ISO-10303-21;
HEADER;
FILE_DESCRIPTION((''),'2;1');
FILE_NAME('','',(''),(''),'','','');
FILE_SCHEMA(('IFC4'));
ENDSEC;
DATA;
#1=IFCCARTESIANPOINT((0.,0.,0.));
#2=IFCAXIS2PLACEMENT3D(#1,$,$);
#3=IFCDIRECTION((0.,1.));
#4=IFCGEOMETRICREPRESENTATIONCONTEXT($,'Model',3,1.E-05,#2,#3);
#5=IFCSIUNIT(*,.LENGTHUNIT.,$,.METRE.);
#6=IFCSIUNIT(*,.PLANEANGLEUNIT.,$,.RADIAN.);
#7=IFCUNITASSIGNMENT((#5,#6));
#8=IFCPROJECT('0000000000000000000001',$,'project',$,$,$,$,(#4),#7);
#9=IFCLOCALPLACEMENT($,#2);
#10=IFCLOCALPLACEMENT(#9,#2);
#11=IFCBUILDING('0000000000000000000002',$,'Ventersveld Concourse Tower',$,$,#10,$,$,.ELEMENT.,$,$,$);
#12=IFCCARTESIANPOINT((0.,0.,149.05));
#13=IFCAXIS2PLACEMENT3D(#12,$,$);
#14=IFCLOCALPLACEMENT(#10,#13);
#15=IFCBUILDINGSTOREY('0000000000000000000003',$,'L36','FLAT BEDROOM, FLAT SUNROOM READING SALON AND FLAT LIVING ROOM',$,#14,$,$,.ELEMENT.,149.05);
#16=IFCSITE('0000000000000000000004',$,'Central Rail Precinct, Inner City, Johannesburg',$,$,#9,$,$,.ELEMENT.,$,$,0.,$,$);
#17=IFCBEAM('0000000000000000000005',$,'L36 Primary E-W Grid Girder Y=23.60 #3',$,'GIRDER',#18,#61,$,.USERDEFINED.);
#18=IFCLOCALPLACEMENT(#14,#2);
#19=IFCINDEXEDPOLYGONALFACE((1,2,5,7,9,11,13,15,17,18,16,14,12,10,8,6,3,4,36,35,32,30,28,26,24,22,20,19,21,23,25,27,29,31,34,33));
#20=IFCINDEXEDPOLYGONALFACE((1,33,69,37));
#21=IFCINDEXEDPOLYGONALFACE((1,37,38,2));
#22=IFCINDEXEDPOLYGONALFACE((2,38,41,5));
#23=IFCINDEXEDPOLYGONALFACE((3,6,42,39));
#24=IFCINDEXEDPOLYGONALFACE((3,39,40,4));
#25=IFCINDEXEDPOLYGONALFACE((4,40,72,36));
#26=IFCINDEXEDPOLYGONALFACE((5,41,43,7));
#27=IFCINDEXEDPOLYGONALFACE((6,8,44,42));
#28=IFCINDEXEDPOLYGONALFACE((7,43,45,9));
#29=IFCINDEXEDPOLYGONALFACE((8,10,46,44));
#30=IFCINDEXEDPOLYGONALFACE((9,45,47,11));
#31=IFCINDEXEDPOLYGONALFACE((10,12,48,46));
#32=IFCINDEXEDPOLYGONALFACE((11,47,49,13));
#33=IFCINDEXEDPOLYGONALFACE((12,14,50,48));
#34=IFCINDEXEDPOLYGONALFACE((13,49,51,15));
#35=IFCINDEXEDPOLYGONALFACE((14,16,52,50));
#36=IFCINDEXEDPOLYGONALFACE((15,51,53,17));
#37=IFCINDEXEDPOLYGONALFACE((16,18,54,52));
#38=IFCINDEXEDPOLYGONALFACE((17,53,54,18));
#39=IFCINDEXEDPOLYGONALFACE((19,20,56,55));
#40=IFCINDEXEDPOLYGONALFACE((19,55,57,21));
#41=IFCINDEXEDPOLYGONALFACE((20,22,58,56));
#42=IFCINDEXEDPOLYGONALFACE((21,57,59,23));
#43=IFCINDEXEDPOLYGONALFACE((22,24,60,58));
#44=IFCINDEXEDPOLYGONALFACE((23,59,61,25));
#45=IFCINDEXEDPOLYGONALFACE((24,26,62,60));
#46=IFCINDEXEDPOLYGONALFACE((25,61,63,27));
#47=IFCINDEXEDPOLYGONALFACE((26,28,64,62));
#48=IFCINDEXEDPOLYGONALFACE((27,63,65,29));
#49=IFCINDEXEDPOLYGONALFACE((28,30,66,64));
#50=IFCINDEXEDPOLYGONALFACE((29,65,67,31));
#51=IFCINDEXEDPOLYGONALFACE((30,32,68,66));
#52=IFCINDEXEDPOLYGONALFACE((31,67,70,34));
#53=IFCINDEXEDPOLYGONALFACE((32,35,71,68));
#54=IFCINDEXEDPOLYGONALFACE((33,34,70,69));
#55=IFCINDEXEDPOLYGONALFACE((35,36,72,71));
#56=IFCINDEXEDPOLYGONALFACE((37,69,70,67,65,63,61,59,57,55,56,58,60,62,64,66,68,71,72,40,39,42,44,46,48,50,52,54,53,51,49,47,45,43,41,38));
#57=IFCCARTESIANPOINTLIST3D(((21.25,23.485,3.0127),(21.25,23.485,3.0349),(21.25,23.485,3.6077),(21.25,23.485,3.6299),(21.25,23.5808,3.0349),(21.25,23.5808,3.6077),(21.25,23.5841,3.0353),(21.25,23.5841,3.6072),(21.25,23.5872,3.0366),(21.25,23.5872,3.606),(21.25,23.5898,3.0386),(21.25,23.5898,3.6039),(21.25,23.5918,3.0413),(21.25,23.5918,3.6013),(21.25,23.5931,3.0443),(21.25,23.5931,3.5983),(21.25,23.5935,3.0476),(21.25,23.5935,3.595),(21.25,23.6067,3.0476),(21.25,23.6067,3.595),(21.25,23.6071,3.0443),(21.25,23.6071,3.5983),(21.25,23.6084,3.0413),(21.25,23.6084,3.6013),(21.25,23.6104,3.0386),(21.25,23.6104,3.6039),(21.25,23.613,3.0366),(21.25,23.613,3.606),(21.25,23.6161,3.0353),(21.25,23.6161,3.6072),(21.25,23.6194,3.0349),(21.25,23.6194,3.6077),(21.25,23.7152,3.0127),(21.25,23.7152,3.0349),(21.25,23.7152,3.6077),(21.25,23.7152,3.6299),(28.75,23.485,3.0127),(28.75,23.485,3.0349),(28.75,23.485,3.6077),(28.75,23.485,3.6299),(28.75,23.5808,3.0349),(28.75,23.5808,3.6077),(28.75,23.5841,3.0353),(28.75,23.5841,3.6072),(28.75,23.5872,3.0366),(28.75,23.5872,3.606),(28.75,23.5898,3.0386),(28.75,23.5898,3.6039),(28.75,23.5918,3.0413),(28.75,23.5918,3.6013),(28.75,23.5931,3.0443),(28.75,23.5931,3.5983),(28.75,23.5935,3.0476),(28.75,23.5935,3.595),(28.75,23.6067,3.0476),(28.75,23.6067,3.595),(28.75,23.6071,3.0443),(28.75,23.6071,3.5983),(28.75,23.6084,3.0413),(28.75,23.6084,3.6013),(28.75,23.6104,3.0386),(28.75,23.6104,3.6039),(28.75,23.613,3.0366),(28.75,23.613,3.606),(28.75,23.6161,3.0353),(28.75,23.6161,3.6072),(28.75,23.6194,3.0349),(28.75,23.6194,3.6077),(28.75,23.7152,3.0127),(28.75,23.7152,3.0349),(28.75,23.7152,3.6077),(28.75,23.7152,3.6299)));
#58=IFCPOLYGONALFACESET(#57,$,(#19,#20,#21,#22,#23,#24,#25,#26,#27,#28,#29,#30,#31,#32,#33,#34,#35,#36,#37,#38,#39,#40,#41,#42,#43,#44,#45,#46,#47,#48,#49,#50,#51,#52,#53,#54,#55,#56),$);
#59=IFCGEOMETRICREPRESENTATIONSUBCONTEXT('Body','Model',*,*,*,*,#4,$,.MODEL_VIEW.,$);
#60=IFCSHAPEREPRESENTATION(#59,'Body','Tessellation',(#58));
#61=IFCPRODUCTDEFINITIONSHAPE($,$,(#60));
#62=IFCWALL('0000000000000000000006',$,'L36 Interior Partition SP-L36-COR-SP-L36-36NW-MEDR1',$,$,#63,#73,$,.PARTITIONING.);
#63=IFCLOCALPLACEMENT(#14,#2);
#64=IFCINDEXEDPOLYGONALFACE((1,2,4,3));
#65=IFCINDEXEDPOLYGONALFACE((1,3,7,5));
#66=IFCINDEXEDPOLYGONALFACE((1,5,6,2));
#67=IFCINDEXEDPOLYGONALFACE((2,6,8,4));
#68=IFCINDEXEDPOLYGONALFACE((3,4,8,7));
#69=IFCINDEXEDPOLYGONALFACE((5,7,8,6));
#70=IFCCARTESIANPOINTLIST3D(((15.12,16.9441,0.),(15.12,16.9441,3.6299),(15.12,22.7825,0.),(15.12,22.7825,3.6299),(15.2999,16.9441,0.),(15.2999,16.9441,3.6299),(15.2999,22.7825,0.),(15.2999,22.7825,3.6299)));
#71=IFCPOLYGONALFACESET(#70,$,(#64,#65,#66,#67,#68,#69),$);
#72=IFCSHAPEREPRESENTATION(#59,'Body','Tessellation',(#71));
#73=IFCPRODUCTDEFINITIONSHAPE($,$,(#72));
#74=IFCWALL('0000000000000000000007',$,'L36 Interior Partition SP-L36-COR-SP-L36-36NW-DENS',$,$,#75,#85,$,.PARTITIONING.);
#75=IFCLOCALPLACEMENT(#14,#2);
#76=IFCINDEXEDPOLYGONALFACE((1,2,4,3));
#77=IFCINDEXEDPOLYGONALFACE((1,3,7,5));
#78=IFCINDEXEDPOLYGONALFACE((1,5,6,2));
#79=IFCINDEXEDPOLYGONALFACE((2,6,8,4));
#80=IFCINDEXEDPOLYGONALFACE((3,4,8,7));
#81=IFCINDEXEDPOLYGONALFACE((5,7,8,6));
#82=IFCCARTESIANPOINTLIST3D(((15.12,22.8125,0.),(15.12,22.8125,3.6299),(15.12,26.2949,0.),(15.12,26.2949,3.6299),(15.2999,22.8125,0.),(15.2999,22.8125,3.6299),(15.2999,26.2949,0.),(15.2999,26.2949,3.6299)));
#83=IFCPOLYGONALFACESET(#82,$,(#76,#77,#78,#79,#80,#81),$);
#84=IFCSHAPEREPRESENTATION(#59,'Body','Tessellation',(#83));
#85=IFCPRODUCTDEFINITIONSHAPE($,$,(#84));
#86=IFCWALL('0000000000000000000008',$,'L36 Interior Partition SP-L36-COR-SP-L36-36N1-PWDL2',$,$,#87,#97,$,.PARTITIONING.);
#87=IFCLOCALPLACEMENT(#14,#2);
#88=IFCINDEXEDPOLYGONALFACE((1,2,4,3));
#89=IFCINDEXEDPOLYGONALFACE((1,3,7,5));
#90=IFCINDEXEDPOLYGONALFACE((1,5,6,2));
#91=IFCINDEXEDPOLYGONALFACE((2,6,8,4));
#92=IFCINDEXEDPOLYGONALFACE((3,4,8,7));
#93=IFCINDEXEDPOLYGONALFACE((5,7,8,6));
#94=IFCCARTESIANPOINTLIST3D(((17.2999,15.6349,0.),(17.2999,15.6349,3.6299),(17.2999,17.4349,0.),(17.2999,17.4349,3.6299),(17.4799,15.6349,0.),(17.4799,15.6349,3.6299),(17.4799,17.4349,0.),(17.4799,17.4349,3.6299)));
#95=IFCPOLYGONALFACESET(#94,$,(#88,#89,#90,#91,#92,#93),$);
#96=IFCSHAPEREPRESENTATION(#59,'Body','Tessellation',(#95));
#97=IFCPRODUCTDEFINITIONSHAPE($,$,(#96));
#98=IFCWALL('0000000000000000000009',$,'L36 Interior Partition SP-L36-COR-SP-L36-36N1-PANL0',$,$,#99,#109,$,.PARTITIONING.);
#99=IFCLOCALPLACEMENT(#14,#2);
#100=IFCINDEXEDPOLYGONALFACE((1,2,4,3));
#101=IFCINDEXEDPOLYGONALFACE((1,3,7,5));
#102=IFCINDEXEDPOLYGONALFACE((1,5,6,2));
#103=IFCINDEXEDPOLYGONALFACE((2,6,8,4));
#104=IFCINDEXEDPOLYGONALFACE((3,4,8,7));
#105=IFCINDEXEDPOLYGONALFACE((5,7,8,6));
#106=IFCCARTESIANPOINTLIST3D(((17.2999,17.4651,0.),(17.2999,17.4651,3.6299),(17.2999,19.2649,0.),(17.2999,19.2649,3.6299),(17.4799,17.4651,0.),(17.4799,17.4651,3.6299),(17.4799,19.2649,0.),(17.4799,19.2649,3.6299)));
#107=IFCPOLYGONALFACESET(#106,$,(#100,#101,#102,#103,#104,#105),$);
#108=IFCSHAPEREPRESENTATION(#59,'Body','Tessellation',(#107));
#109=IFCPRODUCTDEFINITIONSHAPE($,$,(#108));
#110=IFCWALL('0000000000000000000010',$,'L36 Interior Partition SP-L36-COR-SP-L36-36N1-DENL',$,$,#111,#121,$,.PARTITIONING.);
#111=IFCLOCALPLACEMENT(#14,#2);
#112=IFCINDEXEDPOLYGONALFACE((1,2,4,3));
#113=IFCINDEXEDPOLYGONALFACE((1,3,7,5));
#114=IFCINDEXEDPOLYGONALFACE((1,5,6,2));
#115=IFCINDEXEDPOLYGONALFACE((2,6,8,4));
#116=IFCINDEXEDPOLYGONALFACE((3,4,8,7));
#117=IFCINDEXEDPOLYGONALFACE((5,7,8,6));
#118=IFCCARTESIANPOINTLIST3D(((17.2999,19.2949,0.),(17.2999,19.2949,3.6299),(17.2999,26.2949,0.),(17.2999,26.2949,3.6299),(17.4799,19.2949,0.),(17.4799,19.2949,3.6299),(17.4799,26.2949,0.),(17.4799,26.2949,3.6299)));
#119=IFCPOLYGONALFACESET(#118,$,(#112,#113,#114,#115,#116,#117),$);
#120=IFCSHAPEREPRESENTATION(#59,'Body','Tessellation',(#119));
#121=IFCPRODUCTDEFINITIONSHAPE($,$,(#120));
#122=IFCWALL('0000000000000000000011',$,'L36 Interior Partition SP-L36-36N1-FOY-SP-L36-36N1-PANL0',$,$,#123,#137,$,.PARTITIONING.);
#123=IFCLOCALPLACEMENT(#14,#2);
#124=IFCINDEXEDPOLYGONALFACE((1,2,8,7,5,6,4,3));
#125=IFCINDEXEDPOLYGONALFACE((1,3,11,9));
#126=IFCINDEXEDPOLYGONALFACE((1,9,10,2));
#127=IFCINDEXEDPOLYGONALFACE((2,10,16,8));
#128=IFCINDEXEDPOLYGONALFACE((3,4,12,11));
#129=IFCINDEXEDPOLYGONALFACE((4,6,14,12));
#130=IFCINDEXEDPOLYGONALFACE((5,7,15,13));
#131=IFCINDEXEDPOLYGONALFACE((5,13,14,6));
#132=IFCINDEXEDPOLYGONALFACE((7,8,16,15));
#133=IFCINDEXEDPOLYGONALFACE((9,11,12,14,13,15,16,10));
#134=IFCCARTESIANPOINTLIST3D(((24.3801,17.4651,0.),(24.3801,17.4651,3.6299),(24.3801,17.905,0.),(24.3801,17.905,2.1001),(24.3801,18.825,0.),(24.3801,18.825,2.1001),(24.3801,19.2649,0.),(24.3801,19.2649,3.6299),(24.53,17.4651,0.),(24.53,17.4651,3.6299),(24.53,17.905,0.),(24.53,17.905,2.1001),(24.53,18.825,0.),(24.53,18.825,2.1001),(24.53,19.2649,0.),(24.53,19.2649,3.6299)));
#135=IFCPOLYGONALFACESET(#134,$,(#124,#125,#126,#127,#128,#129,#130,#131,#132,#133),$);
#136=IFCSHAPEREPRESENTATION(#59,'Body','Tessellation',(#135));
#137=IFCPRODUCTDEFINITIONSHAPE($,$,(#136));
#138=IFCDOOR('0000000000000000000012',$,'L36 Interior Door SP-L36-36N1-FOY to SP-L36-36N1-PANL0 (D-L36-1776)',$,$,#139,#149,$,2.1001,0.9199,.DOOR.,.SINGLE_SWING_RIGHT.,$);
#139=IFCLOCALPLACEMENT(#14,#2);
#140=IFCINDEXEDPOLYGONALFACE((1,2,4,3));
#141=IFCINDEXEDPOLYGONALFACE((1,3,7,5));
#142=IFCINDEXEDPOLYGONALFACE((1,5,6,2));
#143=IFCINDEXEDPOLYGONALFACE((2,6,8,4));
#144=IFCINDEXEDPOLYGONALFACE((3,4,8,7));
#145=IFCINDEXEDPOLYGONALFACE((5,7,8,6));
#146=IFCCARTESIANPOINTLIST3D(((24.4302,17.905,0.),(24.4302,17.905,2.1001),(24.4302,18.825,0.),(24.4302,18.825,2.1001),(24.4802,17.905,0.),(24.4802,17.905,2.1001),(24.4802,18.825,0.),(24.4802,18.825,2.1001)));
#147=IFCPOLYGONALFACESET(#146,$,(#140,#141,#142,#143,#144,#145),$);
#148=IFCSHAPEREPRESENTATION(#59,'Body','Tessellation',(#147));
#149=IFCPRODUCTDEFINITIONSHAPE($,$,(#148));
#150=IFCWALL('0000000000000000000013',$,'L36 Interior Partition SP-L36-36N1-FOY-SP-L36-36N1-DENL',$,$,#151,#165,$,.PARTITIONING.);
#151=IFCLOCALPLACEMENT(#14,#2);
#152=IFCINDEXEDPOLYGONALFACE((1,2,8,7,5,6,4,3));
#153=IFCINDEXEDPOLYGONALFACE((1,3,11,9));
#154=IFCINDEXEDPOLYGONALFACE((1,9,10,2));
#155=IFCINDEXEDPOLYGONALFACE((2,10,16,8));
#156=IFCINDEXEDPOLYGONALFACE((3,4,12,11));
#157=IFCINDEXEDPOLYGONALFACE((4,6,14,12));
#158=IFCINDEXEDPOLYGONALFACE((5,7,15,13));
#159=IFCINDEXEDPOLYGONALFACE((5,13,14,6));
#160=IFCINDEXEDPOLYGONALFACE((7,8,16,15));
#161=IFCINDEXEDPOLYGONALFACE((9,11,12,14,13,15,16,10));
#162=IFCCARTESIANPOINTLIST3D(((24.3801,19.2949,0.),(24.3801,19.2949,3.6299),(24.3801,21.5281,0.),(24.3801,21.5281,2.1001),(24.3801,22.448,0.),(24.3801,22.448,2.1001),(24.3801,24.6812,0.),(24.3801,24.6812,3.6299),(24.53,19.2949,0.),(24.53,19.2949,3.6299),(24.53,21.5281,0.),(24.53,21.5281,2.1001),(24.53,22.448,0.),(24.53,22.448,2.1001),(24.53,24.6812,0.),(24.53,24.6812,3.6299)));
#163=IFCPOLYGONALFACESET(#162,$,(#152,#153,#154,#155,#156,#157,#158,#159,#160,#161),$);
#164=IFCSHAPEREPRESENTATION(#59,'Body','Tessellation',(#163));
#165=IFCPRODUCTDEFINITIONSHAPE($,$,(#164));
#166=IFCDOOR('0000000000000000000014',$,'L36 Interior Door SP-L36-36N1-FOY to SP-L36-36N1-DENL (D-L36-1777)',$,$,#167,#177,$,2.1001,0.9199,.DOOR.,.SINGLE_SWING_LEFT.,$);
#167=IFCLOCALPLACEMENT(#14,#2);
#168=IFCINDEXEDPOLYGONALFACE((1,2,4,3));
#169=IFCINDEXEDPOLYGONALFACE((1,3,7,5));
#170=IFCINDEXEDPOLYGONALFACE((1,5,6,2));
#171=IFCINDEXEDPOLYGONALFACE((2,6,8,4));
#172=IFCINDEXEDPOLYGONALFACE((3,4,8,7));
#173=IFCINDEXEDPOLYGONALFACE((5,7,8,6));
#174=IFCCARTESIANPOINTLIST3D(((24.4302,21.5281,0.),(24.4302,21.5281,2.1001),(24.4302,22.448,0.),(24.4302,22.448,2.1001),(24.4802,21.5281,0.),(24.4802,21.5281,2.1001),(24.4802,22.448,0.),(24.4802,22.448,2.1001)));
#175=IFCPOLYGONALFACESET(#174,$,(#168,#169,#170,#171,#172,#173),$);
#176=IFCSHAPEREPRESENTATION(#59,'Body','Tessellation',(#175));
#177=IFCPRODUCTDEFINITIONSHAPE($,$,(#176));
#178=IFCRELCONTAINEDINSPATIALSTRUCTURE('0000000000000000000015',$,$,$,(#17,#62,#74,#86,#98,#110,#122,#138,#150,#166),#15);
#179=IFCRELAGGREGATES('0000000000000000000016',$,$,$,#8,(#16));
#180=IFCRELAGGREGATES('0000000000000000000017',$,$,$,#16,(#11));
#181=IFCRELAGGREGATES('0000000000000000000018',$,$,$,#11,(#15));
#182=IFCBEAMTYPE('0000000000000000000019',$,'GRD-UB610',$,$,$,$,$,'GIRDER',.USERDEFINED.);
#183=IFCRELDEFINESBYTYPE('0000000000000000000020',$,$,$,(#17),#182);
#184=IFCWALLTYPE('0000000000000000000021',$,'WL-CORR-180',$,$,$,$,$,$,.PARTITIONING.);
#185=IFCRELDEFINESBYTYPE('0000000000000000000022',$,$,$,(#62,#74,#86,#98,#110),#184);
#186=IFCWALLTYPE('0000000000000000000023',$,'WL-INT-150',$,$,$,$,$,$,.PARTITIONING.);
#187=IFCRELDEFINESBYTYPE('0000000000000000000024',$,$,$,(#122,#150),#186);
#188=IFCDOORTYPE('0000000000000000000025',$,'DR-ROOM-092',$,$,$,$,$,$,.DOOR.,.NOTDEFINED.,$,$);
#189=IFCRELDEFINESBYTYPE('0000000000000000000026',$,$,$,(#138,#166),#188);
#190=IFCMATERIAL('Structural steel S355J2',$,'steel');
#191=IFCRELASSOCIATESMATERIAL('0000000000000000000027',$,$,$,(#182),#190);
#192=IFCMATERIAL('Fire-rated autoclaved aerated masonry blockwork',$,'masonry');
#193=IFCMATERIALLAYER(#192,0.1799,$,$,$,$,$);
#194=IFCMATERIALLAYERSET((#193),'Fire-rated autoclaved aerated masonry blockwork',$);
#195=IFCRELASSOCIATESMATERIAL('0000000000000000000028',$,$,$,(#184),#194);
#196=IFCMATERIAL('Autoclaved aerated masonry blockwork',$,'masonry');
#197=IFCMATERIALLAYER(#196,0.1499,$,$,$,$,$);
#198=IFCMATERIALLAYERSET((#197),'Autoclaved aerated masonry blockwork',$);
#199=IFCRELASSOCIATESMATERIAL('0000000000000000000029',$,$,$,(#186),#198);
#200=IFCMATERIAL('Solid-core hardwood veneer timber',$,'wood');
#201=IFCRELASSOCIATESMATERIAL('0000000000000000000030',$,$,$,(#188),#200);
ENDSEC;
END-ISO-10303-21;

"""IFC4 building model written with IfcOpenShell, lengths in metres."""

from ifc_helpers import new_model, si_unit, direction, frame, frame_2d, origin, origin_2d, place, context, subcontext, project, spatial, rectangle, i_section, extrude, material, layer, layer_set, material_profile, profile_set, type_object, element, fill, save


model = new_model("IFC4")

# Units and contexts
model_context = context("Model", 3, precision=1e-05, world=origin(), true_north=direction((0.0, 1.0)))
body_context = subcontext(model_context, "Body", "Model", "MODEL_VIEW")
ifc_project = project(units=[si_unit("LENGTHUNIT", "METRE"), si_unit("PLANEANGLEUNIT", "RADIAN")], contexts=[model_context])

# Site, building, storey
site_placement = place(None, origin())
site = spatial("IfcSite", under=ifc_project, at=site_placement, Name="Central Rail Precinct, Inner City, Johannesburg", CompositionType="ELEMENT", RefElevation=0.0)
building_placement = place(site_placement, origin())
building = spatial("IfcBuilding", under=site, at=building_placement, Name="Ventersveld Concourse Tower", CompositionType="ELEMENT")
storey_placement = place(building_placement, frame((0.0, 0.0, 149.05)))
storey = spatial("IfcBuildingStorey", under=building, at=storey_placement, Name="L36", Description="FLAT BEDROOM, FLAT SUNROOM READING SALON AND FLAT LIVING ROOM", CompositionType="ELEMENT", Elevation=149.05)

# Beam
ifc_material_1 = material(Name="Structural steel S355J2", Category="steel")
ifc_material_profile_1 = material_profile(ifc_material_1, i_section(OverallWidth=0.2302, OverallDepth=0.6172, WebThickness=0.0132, FlangeThickness=0.0222, FilletRadius=0.0127, at=origin_2d()), Name="UB 610x229x140")
ifc_profile_set_1 = profile_set([ifc_material_profile_1], Name="Structural steel S355J2")
beam_type_1 = type_object("IfcBeamType", Name="GRD-UB610", ElementType="GIRDER", PredefinedType="USERDEFINED", material=ifc_profile_set_1)
for number, where, z_axis, x_axis, name in (
    (1, (21.25, 23.6001, 3.3213), (1.0, 0.0, 0.0), (0.0, 1.0, 0.0), "L36 Primary E-W Grid Girder Y=23.60 #3"),
):
    element("IfcBeam", number, at=place(storey_placement, frame(where, z_axis=z_axis, x_axis=x_axis)), inside=storey, type_object=beam_type_1, Name=name, ObjectType="GIRDER", PredefinedType="USERDEFINED", context=body_context, shape_type="SweptSolid", body=[
        extrude(i_section(OverallWidth=0.2302, OverallDepth=0.6172, WebThickness=0.0132, FlangeThickness=0.0222, FilletRadius=0.0127, at=origin_2d()), origin(), (0.0, 0.0, 1.0), 7.5),
    ])

# Walls
ifc_material_2 = material(Name="Fire-rated autoclaved aerated masonry blockwork", Category="masonry")
ifc_layer_1 = layer(ifc_material_2, 0.1799)
ifc_layer_set_1 = layer_set([ifc_layer_1], Name="Fire-rated autoclaved aerated masonry blockwork")
wall_type_1 = type_object("IfcWallType", Name="WL-CORR-180", PredefinedType="PARTITIONING", material=ifc_layer_set_1)
wall_1_placement = place(storey_placement, frame((15.21, 16.9441, 0.0), z_axis=(0.0, 0.0, 1.0), x_axis=(0.0, 1.0, 0.0)))
element("IfcWall", 2, at=wall_1_placement, inside=storey, type_object=wall_type_1, Name="L36 Interior Partition SP-L36-COR-SP-L36-36NW-MEDR1", PredefinedType="PARTITIONING", context=body_context, shape_type="SweptSolid", body=[
    extrude(rectangle(XDim=5.8384, YDim=0.1799, at=frame_2d((2.9192, 0.0))), origin(), (0.0, 0.0, 1.0), 3.6299),
])
wall_2_placement = place(storey_placement, frame((15.21, 22.8125, 0.0), z_axis=(0.0, 0.0, 1.0), x_axis=(0.0, 1.0, 0.0)))
element("IfcWall", 3, at=wall_2_placement, inside=storey, type_object=wall_type_1, Name="L36 Interior Partition SP-L36-COR-SP-L36-36NW-DENS", PredefinedType="PARTITIONING", context=body_context, shape_type="SweptSolid", body=[
    extrude(rectangle(XDim=3.4824, YDim=0.1799, at=frame_2d((1.7412, 0.0))), origin(), (0.0, 0.0, 1.0), 3.6299),
])

# Shared definitions
ifc_material_3 = material(Name="Solid-core hardwood veneer timber", Category="wood")

# Walls
wall_3_placement = place(storey_placement, frame((17.3899, 15.635, 0.0), z_axis=(0.0, 0.0, 1.0), x_axis=(0.0, 1.0, 0.0)))
element("IfcWall", 4, at=wall_3_placement, inside=storey, type_object=wall_type_1, Name="L36 Interior Partition SP-L36-COR-SP-L36-36N1-PWDL2", PredefinedType="PARTITIONING", context=body_context, shape_type="SweptSolid", body=[
    extrude(rectangle(XDim=1.8, YDim=0.1799, at=frame_2d((0.8999, 0.0))), origin(), (0.0, 0.0, 1.0), 3.6299),
])
wall_4_placement = place(storey_placement, frame((17.3899, 17.4651, 0.0), z_axis=(0.0, 0.0, 1.0), x_axis=(0.0, 1.0, 0.0)))
element("IfcWall", 5, at=wall_4_placement, inside=storey, type_object=wall_type_1, Name="L36 Interior Partition SP-L36-COR-SP-L36-36N1-PANL0", PredefinedType="PARTITIONING", context=body_context, shape_type="SweptSolid", body=[
    extrude(rectangle(XDim=1.7998, YDim=0.1799, at=frame_2d((0.8999, 0.0))), origin(), (0.0, 0.0, 1.0), 3.6299),
])
wall_5_placement = place(storey_placement, frame((17.3899, 19.2949, 0.0), z_axis=(0.0, 0.0, 1.0), x_axis=(0.0, 1.0, 0.0)))
element("IfcWall", 6, at=wall_5_placement, inside=storey, type_object=wall_type_1, Name="L36 Interior Partition SP-L36-COR-SP-L36-36N1-DENL", PredefinedType="PARTITIONING", context=body_context, shape_type="SweptSolid", body=[
    extrude(rectangle(XDim=7.0, YDim=0.1799, at=frame_2d((3.5, 0.0))), origin(), (0.0, 0.0, 1.0), 3.6299),
])

# Walls, openings, doors
ifc_material_4 = material(Name="Autoclaved aerated masonry blockwork", Category="masonry")
ifc_layer_2 = layer(ifc_material_4, 0.1499)
ifc_layer_set_2 = layer_set([ifc_layer_2], Name="Autoclaved aerated masonry blockwork")
wall_type_2 = type_object("IfcWallType", Name="WL-INT-150", PredefinedType="PARTITIONING", material=ifc_layer_set_2)
wall_6_placement = place(storey_placement, frame((24.4551, 17.4651, 0.0), z_axis=(0.0, 0.0, 1.0), x_axis=(0.0, 1.0, 0.0)))
wall_6 = element("IfcWall", 7, at=wall_6_placement, inside=storey, type_object=wall_type_2, Name="L36 Interior Partition SP-L36-36N1-FOY-SP-L36-36N1-PANL0", PredefinedType="PARTITIONING", context=body_context, shape_type="SweptSolid", body=[
    extrude(rectangle(XDim=1.7998, YDim=0.1499, at=frame_2d((0.8999, 0.0))), origin(), (0.0, 0.0, 1.0), 3.6299),
])
opening_1_placement = place(wall_6_placement, frame((0.4399, 0.0, 0.0)))
opening_1 = element("IfcOpeningElement", 8, at=opening_1_placement, cuts=wall_6, PredefinedType="OPENING", context=body_context, shape_type="SweptSolid", body=[
    extrude(rectangle(XDim=0.9199, YDim=2.1001, at=frame_2d((0.46, 1.05))), frame((0.0, 0.085, 0.0), z_axis=(0.0, -1.0, 0.0), x_axis=(1.0, 0.0, 0.0)), (0.0, 0.0, 1.0), 0.1699),
])
door_type_1 = type_object("IfcDoorType", Name="DR-ROOM-092", OperationType="NOTDEFINED", PredefinedType="DOOR", material=ifc_material_3)
door_1_placement = place(opening_1_placement, origin())
door_1 = element("IfcDoor", 9, at=door_1_placement, inside=storey, type_object=door_type_1, Name="L36 Interior Door SP-L36-36N1-FOY to SP-L36-36N1-PANL0 (D-L36-1776)", OperationType="SINGLE_SWING_RIGHT", OverallHeight=2.1001, OverallWidth=0.9199, PredefinedType="DOOR", context=body_context, shape_type="SweptSolid", body=[
    extrude(rectangle(XDim=0.9199, YDim=2.1001, at=frame_2d((0.46, 1.05))), frame((0.0, 0.0249, 0.0), z_axis=(0.0, -1.0, 0.0), x_axis=(1.0, 0.0, 0.0)), (0.0, 0.0, 1.0), 0.05),
])
fill(opening_1, door_1)
wall_7_placement = place(storey_placement, frame((24.4551, 19.2949, 0.0), z_axis=(0.0, 0.0, 1.0), x_axis=(0.0, 1.0, 0.0)))
wall_7 = element("IfcWall", 10, at=wall_7_placement, inside=storey, type_object=wall_type_2, Name="L36 Interior Partition SP-L36-36N1-FOY-SP-L36-36N1-DENL", PredefinedType="PARTITIONING", context=body_context, shape_type="SweptSolid", body=[
    extrude(rectangle(XDim=5.3862, YDim=0.1499, at=frame_2d((2.6931, 0.0))), origin(), (0.0, 0.0, 1.0), 3.6299),
])
opening_2_placement = place(wall_7_placement, frame((2.2332, 0.0, 0.0)))
opening_2 = element("IfcOpeningElement", 11, at=opening_2_placement, cuts=wall_7, PredefinedType="OPENING", context=body_context, shape_type="SweptSolid", body=[
    extrude(rectangle(XDim=0.9199, YDim=2.1001, at=frame_2d((0.46, 1.05))), frame((0.0, 0.085, 0.0), z_axis=(0.0, -1.0, 0.0), x_axis=(1.0, 0.0, 0.0)), (0.0, 0.0, 1.0), 0.1699),
])
door_2_placement = place(opening_2_placement, origin())
door_2 = element("IfcDoor", 12, at=door_2_placement, inside=storey, type_object=door_type_1, Name="L36 Interior Door SP-L36-36N1-FOY to SP-L36-36N1-DENL (D-L36-1777)", OperationType="SINGLE_SWING_LEFT", OverallHeight=2.1001, OverallWidth=0.9199, PredefinedType="DOOR", context=body_context, shape_type="SweptSolid", body=[
    extrude(rectangle(XDim=0.9199, YDim=2.1001, at=frame_2d((0.46, 1.05))), frame((0.0, 0.0249, 0.0), z_axis=(0.0, -1.0, 0.0), x_axis=(1.0, 0.0, 0.0)), (0.0, 0.0, 1.0), 0.05),
])
fill(opening_2, door_2)

save(model, "model.ifc")
